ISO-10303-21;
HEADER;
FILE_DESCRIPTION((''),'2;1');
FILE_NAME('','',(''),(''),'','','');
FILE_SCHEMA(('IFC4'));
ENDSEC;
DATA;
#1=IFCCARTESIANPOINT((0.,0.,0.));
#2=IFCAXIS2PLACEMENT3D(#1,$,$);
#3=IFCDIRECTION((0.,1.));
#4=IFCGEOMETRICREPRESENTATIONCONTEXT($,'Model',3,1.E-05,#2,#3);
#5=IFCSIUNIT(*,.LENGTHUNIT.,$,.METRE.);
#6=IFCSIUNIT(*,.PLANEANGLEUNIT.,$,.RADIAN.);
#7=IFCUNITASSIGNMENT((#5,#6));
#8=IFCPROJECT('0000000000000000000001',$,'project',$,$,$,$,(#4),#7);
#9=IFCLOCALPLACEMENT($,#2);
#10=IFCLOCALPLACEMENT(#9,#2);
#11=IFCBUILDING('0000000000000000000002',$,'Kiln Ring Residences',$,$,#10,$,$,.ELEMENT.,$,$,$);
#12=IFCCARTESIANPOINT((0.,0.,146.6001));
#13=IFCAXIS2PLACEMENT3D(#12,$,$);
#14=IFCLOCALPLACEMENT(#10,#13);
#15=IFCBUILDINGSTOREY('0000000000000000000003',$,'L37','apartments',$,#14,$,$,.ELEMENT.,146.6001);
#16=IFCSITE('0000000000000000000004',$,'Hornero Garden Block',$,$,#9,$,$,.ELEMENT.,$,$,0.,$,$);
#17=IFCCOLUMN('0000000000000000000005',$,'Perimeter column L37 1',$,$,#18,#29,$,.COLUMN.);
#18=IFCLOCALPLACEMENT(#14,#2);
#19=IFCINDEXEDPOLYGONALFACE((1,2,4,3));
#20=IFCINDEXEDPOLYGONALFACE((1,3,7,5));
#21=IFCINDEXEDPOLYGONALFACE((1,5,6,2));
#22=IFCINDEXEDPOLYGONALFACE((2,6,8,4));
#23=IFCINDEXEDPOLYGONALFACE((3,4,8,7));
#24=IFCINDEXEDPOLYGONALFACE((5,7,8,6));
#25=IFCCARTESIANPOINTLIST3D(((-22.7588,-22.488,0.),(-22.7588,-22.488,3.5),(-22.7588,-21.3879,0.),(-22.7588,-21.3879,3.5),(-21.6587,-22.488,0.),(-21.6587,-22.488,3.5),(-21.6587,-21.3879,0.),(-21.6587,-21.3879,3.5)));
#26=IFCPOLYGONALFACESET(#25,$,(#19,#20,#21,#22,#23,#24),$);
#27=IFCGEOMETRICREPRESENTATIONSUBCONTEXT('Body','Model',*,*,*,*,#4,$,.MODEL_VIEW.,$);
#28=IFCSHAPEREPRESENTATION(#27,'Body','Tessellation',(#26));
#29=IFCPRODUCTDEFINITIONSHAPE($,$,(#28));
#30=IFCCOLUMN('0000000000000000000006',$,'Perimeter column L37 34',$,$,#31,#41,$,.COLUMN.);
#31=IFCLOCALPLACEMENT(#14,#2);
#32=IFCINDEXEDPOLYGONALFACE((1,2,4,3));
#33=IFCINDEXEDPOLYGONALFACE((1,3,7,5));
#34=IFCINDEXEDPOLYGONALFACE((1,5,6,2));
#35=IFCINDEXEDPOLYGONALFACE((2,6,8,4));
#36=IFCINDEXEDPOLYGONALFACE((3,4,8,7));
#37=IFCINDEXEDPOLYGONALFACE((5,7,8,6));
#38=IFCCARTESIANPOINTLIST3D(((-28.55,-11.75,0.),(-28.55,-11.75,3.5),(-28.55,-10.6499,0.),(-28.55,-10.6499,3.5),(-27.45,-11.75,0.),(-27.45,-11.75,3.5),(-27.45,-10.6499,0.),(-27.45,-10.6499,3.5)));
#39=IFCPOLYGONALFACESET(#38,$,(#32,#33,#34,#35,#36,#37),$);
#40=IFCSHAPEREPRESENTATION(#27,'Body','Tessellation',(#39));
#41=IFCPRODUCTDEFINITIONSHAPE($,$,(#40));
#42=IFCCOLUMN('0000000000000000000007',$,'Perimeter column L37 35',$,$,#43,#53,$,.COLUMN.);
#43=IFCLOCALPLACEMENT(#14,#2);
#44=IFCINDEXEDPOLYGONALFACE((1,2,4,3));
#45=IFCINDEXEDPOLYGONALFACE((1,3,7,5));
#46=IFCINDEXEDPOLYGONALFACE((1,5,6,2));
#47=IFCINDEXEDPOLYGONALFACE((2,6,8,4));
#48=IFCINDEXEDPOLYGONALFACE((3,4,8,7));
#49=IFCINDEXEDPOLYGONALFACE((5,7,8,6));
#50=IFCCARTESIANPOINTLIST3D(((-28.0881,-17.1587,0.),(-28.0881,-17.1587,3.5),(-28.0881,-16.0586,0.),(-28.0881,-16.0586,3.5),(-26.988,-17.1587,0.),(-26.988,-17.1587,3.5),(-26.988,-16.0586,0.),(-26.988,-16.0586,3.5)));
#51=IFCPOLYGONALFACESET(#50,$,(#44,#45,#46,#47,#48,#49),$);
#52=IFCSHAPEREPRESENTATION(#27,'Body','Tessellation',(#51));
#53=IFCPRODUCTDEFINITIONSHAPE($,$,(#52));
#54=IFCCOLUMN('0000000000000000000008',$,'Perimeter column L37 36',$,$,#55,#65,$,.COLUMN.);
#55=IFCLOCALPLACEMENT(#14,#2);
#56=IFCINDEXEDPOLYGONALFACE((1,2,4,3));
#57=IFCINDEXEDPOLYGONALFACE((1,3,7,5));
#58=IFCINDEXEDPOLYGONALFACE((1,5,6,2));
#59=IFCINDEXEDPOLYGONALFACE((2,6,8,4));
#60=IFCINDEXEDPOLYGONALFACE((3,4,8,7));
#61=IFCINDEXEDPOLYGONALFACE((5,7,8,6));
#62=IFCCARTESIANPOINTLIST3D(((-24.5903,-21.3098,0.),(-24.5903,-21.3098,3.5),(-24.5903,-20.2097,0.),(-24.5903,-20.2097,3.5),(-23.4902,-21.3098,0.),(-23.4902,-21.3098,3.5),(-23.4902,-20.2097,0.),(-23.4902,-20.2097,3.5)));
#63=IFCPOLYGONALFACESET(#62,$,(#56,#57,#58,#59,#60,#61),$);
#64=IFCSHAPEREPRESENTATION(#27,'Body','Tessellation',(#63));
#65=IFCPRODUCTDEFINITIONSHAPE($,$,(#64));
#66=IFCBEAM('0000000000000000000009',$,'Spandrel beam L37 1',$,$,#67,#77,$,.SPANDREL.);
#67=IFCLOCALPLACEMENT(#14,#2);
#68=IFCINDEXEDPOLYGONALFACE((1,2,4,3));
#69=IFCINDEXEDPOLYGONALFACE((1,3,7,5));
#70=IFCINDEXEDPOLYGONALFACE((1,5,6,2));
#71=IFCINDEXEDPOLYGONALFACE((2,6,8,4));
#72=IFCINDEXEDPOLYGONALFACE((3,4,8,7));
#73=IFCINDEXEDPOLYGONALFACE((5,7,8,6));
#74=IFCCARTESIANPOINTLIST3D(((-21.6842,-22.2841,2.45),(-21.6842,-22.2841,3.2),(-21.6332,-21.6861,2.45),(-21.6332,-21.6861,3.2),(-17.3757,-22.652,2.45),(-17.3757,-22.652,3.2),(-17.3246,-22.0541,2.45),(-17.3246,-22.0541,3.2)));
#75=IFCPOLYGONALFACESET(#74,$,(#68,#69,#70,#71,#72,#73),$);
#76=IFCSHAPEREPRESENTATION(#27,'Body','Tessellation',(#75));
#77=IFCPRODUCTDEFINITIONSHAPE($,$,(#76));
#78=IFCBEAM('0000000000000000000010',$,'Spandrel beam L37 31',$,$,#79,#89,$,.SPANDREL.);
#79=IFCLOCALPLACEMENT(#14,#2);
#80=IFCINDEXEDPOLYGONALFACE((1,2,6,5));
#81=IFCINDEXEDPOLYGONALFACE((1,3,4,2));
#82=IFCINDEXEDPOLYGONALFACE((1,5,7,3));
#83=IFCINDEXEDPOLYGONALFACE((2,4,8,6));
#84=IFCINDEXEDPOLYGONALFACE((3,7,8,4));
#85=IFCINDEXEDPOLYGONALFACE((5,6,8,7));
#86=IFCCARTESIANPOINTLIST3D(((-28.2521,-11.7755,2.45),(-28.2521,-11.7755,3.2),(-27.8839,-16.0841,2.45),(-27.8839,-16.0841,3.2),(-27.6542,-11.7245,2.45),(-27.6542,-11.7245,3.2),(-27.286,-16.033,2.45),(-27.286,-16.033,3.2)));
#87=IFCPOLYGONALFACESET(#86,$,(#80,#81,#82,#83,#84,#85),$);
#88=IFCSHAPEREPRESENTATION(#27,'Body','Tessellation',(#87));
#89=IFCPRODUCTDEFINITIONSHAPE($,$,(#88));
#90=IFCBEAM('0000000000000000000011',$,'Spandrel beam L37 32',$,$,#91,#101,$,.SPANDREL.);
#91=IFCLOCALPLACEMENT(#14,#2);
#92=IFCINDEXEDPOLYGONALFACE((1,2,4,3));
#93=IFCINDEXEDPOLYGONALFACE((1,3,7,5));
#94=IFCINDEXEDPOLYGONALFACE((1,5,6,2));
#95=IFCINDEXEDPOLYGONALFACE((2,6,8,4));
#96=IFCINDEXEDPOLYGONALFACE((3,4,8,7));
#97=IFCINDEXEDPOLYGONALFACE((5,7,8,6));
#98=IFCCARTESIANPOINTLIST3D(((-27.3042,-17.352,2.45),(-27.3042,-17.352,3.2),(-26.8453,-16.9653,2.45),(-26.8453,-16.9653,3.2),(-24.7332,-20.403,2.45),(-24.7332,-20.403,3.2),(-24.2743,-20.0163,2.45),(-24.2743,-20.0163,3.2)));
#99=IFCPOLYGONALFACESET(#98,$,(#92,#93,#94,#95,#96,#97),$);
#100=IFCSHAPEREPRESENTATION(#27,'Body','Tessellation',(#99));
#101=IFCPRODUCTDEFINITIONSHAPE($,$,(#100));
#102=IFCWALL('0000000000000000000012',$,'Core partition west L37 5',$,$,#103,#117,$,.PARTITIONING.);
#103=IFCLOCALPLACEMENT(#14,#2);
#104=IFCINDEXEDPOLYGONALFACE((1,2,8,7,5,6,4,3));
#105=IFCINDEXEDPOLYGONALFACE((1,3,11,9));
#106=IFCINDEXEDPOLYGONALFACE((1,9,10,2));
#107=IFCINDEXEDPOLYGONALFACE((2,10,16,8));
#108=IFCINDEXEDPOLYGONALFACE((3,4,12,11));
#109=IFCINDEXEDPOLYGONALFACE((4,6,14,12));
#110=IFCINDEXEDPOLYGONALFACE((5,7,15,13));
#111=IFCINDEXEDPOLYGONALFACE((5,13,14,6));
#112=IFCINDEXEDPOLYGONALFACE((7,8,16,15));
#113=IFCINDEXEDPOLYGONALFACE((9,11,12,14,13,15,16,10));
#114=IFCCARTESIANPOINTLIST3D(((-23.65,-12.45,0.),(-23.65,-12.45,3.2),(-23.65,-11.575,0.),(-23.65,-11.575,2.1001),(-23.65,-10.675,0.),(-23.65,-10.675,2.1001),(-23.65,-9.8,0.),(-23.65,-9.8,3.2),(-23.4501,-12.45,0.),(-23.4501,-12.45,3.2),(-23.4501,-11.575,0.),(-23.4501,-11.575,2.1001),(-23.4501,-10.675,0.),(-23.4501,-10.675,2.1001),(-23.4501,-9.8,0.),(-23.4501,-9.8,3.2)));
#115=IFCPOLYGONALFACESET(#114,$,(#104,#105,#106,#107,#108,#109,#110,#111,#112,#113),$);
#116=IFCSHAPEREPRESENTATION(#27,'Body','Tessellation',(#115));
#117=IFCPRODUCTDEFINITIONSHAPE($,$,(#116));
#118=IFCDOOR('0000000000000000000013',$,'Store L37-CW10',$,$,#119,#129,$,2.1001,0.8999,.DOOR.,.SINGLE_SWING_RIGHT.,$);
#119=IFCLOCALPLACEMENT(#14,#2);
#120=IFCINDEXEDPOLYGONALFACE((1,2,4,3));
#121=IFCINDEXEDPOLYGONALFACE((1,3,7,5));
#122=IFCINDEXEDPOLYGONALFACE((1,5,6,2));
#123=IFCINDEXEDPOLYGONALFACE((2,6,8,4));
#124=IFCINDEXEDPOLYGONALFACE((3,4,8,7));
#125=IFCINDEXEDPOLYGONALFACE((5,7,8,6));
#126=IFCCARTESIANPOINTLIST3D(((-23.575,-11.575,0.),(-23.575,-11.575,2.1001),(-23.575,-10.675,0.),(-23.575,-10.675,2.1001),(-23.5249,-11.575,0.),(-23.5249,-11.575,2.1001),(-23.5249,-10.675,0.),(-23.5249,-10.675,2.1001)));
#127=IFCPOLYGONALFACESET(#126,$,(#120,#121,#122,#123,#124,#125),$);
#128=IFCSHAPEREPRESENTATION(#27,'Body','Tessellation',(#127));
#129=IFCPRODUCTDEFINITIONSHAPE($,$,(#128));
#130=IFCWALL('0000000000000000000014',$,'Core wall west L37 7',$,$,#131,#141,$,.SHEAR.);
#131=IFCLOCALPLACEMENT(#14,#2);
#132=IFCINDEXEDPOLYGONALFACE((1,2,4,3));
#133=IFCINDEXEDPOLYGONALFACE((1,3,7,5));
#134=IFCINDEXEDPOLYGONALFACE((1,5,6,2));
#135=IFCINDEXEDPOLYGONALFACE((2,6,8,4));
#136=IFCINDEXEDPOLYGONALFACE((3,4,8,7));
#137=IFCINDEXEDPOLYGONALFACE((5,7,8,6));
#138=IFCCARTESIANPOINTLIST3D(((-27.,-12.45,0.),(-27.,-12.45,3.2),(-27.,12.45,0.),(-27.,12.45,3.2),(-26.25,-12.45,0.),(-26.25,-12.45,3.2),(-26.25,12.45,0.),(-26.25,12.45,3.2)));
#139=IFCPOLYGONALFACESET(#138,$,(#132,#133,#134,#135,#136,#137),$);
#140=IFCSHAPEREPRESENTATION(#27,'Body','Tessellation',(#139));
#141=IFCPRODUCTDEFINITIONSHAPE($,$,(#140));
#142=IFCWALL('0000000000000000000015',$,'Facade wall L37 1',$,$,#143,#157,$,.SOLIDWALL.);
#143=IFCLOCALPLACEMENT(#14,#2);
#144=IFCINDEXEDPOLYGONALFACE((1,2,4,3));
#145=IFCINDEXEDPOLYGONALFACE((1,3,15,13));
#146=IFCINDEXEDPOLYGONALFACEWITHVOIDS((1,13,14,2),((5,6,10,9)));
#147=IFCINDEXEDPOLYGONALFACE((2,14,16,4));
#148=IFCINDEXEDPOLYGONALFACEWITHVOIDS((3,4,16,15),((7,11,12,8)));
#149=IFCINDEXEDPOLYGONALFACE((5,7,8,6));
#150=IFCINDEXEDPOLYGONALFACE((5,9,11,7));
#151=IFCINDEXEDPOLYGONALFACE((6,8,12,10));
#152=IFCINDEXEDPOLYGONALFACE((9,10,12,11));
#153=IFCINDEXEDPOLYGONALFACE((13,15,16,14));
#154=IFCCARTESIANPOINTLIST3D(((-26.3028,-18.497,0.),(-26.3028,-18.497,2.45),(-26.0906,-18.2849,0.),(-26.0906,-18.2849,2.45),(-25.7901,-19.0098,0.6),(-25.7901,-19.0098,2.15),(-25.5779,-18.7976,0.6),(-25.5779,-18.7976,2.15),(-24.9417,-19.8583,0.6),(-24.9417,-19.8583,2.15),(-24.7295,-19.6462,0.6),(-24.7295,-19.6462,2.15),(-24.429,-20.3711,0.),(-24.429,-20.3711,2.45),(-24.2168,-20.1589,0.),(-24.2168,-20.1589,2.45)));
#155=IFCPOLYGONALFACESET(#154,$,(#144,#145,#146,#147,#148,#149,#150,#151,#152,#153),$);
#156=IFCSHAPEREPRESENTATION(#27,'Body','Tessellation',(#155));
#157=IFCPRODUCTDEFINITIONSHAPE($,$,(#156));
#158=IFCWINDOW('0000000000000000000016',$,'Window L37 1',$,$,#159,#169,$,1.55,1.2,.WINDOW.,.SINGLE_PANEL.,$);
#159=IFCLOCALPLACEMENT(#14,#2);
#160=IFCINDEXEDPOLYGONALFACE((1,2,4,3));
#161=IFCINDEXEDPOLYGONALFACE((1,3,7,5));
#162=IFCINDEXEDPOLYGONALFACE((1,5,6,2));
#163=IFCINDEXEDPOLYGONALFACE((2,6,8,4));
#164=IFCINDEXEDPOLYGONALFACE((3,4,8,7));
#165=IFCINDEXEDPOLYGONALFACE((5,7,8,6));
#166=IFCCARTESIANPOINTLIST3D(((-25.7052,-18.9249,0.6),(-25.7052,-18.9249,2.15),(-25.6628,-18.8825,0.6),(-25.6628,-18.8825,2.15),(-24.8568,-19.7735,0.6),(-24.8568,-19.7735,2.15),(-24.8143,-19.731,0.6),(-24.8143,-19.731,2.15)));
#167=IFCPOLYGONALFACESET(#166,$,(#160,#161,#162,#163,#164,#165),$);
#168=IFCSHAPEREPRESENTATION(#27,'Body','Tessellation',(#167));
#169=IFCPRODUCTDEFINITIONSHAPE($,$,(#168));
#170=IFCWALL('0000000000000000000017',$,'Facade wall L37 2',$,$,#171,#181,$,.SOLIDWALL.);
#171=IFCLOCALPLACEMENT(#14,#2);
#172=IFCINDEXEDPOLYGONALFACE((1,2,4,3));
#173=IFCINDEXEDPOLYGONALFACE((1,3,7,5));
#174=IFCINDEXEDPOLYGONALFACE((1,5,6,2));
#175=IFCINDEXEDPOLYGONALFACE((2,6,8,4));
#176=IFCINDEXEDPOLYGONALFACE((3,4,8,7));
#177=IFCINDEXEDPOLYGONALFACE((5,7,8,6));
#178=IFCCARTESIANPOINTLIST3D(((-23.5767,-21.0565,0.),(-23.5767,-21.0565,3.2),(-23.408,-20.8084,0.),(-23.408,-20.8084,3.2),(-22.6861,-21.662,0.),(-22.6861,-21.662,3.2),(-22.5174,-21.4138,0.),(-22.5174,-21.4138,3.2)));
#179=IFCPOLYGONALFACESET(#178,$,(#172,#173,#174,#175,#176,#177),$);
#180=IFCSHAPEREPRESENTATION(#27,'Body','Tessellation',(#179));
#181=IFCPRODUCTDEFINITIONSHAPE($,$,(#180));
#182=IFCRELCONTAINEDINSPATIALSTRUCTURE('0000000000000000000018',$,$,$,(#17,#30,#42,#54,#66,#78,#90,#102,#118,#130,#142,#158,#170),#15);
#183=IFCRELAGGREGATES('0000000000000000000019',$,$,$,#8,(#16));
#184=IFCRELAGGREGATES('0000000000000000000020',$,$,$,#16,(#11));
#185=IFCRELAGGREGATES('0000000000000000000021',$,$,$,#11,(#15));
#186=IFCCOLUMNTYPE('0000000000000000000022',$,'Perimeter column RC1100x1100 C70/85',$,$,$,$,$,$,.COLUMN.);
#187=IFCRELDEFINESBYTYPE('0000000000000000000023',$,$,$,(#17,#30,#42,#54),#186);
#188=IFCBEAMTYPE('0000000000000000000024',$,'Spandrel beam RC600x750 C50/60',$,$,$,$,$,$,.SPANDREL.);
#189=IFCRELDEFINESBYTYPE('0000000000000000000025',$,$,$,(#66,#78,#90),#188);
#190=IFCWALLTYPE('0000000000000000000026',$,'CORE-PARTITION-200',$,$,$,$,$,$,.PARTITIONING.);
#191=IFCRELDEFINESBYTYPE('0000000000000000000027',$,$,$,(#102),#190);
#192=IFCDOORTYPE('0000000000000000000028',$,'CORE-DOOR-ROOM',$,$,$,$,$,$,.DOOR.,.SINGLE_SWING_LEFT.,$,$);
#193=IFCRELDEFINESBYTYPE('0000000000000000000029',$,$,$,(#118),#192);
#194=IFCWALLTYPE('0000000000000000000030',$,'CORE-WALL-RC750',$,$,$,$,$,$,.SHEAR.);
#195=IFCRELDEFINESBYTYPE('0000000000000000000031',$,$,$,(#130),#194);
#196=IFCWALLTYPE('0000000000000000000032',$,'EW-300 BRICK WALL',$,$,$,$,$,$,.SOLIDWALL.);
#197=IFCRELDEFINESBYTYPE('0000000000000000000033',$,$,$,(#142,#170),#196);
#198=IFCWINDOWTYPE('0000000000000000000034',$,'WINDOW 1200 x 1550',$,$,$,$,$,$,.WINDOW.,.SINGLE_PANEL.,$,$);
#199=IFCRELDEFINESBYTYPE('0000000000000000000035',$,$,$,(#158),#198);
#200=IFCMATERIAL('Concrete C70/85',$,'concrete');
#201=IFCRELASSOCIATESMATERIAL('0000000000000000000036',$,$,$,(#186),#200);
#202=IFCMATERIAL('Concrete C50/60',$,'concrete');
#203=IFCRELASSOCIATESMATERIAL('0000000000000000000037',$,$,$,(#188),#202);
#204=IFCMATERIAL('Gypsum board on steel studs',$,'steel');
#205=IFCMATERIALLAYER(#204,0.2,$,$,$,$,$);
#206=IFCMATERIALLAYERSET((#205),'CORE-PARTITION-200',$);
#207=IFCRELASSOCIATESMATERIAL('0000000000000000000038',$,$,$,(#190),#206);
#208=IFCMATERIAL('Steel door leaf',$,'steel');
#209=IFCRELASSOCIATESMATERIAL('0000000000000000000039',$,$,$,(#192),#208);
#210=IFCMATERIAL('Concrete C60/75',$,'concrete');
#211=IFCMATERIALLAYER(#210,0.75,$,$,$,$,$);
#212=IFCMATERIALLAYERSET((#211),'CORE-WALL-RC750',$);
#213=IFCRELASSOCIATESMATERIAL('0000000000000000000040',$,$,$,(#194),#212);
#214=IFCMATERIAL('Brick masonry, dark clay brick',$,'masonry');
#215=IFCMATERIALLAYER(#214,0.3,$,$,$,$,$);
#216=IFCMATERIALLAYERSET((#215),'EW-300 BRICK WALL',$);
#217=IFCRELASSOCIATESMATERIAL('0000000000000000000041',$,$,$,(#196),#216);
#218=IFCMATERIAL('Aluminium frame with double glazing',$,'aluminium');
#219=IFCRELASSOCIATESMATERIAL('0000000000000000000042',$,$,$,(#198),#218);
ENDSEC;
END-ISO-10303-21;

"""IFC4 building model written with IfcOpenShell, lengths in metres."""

from ifc_helpers import new_model, si_unit, direction, frame, frame_2d, origin, origin_2d, place, context, subcontext, project, spatial, rectangle, extrude, material, layer, layer_set, material_profile, profile_set, type_object, element, fill, save


model = new_model("IFC4")

# Units and contexts
model_context = context("Model", 3, precision=1e-05, world=origin(), true_north=direction((0.0, 1.0)))
body_context = subcontext(model_context, "Body", "Model", "MODEL_VIEW")
ifc_project = project(units=[si_unit("LENGTHUNIT", "METRE"), si_unit("PLANEANGLEUNIT", "RADIAN")], contexts=[model_context])

# Site, building, storey
site_placement = place(None, origin())
site = spatial("IfcSite", under=ifc_project, at=site_placement, Name="Hornero Garden Block", CompositionType="ELEMENT", RefElevation=0.0)
building_placement = place(site_placement, origin())
building = spatial("IfcBuilding", under=site, at=building_placement, Name="Kiln Ring Residences", CompositionType="ELEMENT")
storey_placement = place(building_placement, frame((0.0, 0.0, 146.6001)))
storey = spatial("IfcBuildingStorey", under=building, at=storey_placement, Name="L37", Description="apartments", CompositionType="ELEMENT", Elevation=146.6001)

# Columns
ifc_material_1 = material(Name="Concrete C70/85", Category="concrete")
ifc_material_profile_1 = material_profile(ifc_material_1, rectangle(XDim=1.1001, YDim=1.1001, at=origin_2d()), Name="RC1100x1100")
ifc_profile_set_1 = profile_set([ifc_material_profile_1], Name="Concrete C70/85")
column_type = type_object("IfcColumnType", Name="Perimeter column RC1100x1100 C70/85", PredefinedType="COLUMN", material=ifc_profile_set_1)
for number, where, z_axis, x_axis, name in (
    (1, (-22.2087, -21.938, 0.0), (0.0, 0.0, 1.0), (1.0, 0.0, 0.0), "Perimeter column L37 1"),
    (2, (-28.0, -11.2, 0.0), (0.0, 0.0, 1.0), (1.0, 0.0, 0.0), "Perimeter column L37 34"),
    (3, (-27.5381, -16.6086, 0.0), (0.0, 0.0, 1.0), (1.0, 0.0, 0.0), "Perimeter column L37 35"),
    (4, (-24.0403, -20.7598, 0.0), (0.0, 0.0, 1.0), (1.0, 0.0, 0.0), "Perimeter column L37 36"),
):
    element("IfcColumn", number, at=place(storey_placement, frame(where, z_axis=z_axis, x_axis=x_axis)), inside=storey, type_object=column_type, Name=name, PredefinedType="COLUMN", context=body_context, shape_type="SweptSolid", body=[
        extrude(rectangle(XDim=1.1001, YDim=1.1001, at=origin_2d()), origin(), (0.0, 0.0, 1.0), 3.5),
    ])

# Beams
ifc_material_2 = material(Name="Concrete C50/60", Category="concrete")
ifc_material_profile_2 = material_profile(ifc_material_2, rectangle(XDim=0.6001, YDim=0.75, at=origin_2d()), Name="RC600x750")
ifc_profile_set_2 = profile_set([ifc_material_profile_2], Name="Concrete C50/60")
beam_type = type_object("IfcBeamType", Name="Spandrel beam RC600x750 C50/60", PredefinedType="SPANDREL", material=ifc_profile_set_2)
for number, where, z_axis, x_axis, name in (
    (5, (-21.6587, -21.9851, 2.825), (0.996374, -0.085082, 0.0), (0.085082, 0.996374, 0.0), "Spandrel beam L37 1"),
    (6, (-27.9531, -11.75, 2.825), (0.085139, -0.996369, 0.0), (0.996369, 0.085139, 0.0), "Spandrel beam L37 31"),
):
    element("IfcBeam", number, at=place(storey_placement, frame(where, z_axis=z_axis, x_axis=x_axis)), inside=storey, type_object=beam_type, Name=name, PredefinedType="SPANDREL", context=body_context, shape_type="SweptSolid", body=[
        extrude(rectangle(XDim=0.6001, YDim=0.75, at=origin_2d()), origin(), (0.0, 0.0, 1.0), 4.3242),
    ])
beam_placement = place(storey_placement, frame((-27.0747, -17.1587, 2.825), z_axis=(0.644394, -0.764694, 0.0), x_axis=(0.764694, 0.644394, 0.0)))
element("IfcBeam", 7, at=beam_placement, inside=storey, type_object=beam_type, Name="Spandrel beam L37 32", PredefinedType="SPANDREL", context=body_context, shape_type="SweptSolid", body=[
    extrude(rectangle(XDim=0.6001, YDim=0.75, at=origin_2d()), origin(), (0.0, 0.0, 1.0), 3.9897),
])

# Wall, opening, door
ifc_material_3 = material(Name="Gypsum board on steel studs", Category="steel")
ifc_layer_1 = layer(ifc_material_3, 0.2)
ifc_layer_set_1 = layer_set([ifc_layer_1], Name="CORE-PARTITION-200")
wall_type_1 = type_object("IfcWallType", Name="CORE-PARTITION-200", PredefinedType="PARTITIONING", material=ifc_layer_set_1)
wall_1_placement = place(storey_placement, frame((-23.55, -12.45, 0.0), z_axis=(0.0, 0.0, 1.0), x_axis=(0.0, 1.0, 0.0)))
wall_1 = element("IfcWall", 8, at=wall_1_placement, inside=storey, type_object=wall_type_1, Name="Core partition west L37 5", PredefinedType="PARTITIONING", context=body_context, shape_type="SweptSolid", body=[
    extrude(rectangle(XDim=2.6499, YDim=0.2, at=frame_2d((1.325, 0.0))), origin(), (0.0, 0.0, 1.0), 3.2),
])
opening_1_placement = place(wall_1_placement, frame((0.875, 0.0, 0.0)))
opening_1 = element("IfcOpeningElement", 9, at=opening_1_placement, cuts=wall_1, PredefinedType="OPENING", context=body_context, shape_type="SweptSolid", body=[
    extrude(rectangle(XDim=0.8999, YDim=2.1001, at=frame_2d((0.45, 1.05))), frame((0.0, 0.1099, 0.0), z_axis=(0.0, -1.0, 0.0), x_axis=(1.0, 0.0, 0.0)), (0.0, 0.0, 1.0), 0.22),
])
ifc_material_4 = material(Name="Steel door leaf", Category="steel")
door_type_1 = type_object("IfcDoorType", Name="CORE-DOOR-ROOM", OperationType="SINGLE_SWING_LEFT", PredefinedType="DOOR", material=ifc_material_4)
door_1_placement = place(opening_1_placement, origin())
door_1 = element("IfcDoor", 10, at=door_1_placement, inside=storey, type_object=door_type_1, Name="Store L37-CW10", OperationType="SINGLE_SWING_RIGHT", OverallHeight=2.1001, OverallWidth=0.8999, PredefinedType="DOOR", context=body_context, shape_type="SweptSolid", body=[
    extrude(rectangle(XDim=0.8999, YDim=2.1001, at=frame_2d((0.45, 1.05))), frame((0.0, 0.0249, 0.0), z_axis=(0.0, -1.0, 0.0), x_axis=(1.0, 0.0, 0.0)), (0.0, 0.0, 1.0), 0.05),
])
fill(opening_1, door_1)

# Wall
ifc_material_5 = material(Name="Concrete C60/75", Category="concrete")
ifc_layer_2 = layer(ifc_material_5, 0.75)
ifc_layer_set_2 = layer_set([ifc_layer_2], Name="CORE-WALL-RC750")
wall_type_2 = type_object("IfcWallType", Name="CORE-WALL-RC750", PredefinedType="SHEAR", material=ifc_layer_set_2)
wall_2_placement = place(storey_placement, frame((-26.625, -12.45, 0.0), z_axis=(0.0, 0.0, 1.0), x_axis=(0.0, 1.0, 0.0)))
element("IfcWall", 11, at=wall_2_placement, inside=storey, type_object=wall_type_2, Name="Core wall west L37 7", PredefinedType="SHEAR", context=body_context, shape_type="SweptSolid", body=[
    extrude(rectangle(XDim=24.8999, YDim=0.75, at=frame_2d((12.45, 0.0))), origin(), (0.0, 0.0, 1.0), 3.2),
])

# Wall, opening, window
ifc_material_6 = material(Name="Brick masonry, dark clay brick", Category="masonry")
ifc_layer_3 = layer(ifc_material_6, 0.3)
ifc_layer_set_3 = layer_set([ifc_layer_3], Name="EW-300 BRICK WALL")
wall_type_3 = type_object("IfcWallType", Name="EW-300 BRICK WALL", PredefinedType="SOLIDWALL", material=ifc_layer_set_3)
wall_3_placement = place(storey_placement, frame((-26.1968, -18.3909, 0.0), z_axis=(0.0, 0.0, 1.0), x_axis=(0.707061, -0.707153, 0.0)))
wall_3 = element("IfcWall", 12, at=wall_3_placement, inside=storey, type_object=wall_type_3, Name="Facade wall L37 1", PredefinedType="SOLIDWALL", context=body_context, shape_type="SweptSolid", body=[
    extrude(rectangle(XDim=2.6501, YDim=0.3, at=frame_2d((1.3252, 0.0))), origin(), (0.0, 0.0, 1.0), 2.45),
])
opening_2_placement = place(wall_3_placement, frame((0.7251, 0.0, 0.6001)))
opening_2 = element("IfcOpeningElement", 13, at=opening_2_placement, cuts=wall_3, PredefinedType="OPENING", context=body_context, shape_type="SweptSolid", body=[
    extrude(rectangle(XDim=1.2, YDim=1.55, at=frame_2d((0.6001, 0.7749))), frame((0.0, 0.1599, 0.0), z_axis=(0.0, -1.0, 0.0), x_axis=(1.0, 0.0, 0.0)), (0.0, 0.0, 1.0), 0.3201),
])
ifc_material_7 = material(Name="Aluminium frame with double glazing", Category="aluminium")
window_type_1 = type_object("IfcWindowType", Name="WINDOW 1200 x 1550", PartitioningType="SINGLE_PANEL", PredefinedType="WINDOW", material=ifc_material_7)
window_1_placement = place(opening_2_placement, origin())
window_1 = element("IfcWindow", 14, at=window_1_placement, inside=storey, type_object=window_type_1, Name="Window L37 1", OverallHeight=1.55, OverallWidth=1.2, PartitioningType="SINGLE_PANEL", PredefinedType="WINDOW", context=body_context, shape_type="SweptSolid", body=[
    extrude(rectangle(XDim=1.2, YDim=1.55, at=frame_2d((0.6001, 0.7749))), frame((0.0, 0.03, 0.0), z_axis=(0.0, -1.0, 0.0), x_axis=(1.0, 0.0, 0.0)), (0.0, 0.0, 1.0), 0.0601),
])
fill(opening_2, window_1)

# Wall
wall_4_placement = place(storey_placement, frame((-23.4924, -20.9324, 0.0), z_axis=(0.0, 0.0, 1.0), x_axis=(0.826994, -0.562211, 0.0)))
element("IfcWall", 15, at=wall_4_placement, inside=storey, type_object=wall_type_3, Name="Facade wall L37 2", PredefinedType="SOLIDWALL", context=body_context, shape_type="SweptSolid", body=[
    extrude(rectangle(XDim=1.0769, YDim=0.3, at=frame_2d((0.5386, 0.0))), origin(), (0.0, 0.0, 1.0), 3.2),
])

save(model, "model.ifc")
